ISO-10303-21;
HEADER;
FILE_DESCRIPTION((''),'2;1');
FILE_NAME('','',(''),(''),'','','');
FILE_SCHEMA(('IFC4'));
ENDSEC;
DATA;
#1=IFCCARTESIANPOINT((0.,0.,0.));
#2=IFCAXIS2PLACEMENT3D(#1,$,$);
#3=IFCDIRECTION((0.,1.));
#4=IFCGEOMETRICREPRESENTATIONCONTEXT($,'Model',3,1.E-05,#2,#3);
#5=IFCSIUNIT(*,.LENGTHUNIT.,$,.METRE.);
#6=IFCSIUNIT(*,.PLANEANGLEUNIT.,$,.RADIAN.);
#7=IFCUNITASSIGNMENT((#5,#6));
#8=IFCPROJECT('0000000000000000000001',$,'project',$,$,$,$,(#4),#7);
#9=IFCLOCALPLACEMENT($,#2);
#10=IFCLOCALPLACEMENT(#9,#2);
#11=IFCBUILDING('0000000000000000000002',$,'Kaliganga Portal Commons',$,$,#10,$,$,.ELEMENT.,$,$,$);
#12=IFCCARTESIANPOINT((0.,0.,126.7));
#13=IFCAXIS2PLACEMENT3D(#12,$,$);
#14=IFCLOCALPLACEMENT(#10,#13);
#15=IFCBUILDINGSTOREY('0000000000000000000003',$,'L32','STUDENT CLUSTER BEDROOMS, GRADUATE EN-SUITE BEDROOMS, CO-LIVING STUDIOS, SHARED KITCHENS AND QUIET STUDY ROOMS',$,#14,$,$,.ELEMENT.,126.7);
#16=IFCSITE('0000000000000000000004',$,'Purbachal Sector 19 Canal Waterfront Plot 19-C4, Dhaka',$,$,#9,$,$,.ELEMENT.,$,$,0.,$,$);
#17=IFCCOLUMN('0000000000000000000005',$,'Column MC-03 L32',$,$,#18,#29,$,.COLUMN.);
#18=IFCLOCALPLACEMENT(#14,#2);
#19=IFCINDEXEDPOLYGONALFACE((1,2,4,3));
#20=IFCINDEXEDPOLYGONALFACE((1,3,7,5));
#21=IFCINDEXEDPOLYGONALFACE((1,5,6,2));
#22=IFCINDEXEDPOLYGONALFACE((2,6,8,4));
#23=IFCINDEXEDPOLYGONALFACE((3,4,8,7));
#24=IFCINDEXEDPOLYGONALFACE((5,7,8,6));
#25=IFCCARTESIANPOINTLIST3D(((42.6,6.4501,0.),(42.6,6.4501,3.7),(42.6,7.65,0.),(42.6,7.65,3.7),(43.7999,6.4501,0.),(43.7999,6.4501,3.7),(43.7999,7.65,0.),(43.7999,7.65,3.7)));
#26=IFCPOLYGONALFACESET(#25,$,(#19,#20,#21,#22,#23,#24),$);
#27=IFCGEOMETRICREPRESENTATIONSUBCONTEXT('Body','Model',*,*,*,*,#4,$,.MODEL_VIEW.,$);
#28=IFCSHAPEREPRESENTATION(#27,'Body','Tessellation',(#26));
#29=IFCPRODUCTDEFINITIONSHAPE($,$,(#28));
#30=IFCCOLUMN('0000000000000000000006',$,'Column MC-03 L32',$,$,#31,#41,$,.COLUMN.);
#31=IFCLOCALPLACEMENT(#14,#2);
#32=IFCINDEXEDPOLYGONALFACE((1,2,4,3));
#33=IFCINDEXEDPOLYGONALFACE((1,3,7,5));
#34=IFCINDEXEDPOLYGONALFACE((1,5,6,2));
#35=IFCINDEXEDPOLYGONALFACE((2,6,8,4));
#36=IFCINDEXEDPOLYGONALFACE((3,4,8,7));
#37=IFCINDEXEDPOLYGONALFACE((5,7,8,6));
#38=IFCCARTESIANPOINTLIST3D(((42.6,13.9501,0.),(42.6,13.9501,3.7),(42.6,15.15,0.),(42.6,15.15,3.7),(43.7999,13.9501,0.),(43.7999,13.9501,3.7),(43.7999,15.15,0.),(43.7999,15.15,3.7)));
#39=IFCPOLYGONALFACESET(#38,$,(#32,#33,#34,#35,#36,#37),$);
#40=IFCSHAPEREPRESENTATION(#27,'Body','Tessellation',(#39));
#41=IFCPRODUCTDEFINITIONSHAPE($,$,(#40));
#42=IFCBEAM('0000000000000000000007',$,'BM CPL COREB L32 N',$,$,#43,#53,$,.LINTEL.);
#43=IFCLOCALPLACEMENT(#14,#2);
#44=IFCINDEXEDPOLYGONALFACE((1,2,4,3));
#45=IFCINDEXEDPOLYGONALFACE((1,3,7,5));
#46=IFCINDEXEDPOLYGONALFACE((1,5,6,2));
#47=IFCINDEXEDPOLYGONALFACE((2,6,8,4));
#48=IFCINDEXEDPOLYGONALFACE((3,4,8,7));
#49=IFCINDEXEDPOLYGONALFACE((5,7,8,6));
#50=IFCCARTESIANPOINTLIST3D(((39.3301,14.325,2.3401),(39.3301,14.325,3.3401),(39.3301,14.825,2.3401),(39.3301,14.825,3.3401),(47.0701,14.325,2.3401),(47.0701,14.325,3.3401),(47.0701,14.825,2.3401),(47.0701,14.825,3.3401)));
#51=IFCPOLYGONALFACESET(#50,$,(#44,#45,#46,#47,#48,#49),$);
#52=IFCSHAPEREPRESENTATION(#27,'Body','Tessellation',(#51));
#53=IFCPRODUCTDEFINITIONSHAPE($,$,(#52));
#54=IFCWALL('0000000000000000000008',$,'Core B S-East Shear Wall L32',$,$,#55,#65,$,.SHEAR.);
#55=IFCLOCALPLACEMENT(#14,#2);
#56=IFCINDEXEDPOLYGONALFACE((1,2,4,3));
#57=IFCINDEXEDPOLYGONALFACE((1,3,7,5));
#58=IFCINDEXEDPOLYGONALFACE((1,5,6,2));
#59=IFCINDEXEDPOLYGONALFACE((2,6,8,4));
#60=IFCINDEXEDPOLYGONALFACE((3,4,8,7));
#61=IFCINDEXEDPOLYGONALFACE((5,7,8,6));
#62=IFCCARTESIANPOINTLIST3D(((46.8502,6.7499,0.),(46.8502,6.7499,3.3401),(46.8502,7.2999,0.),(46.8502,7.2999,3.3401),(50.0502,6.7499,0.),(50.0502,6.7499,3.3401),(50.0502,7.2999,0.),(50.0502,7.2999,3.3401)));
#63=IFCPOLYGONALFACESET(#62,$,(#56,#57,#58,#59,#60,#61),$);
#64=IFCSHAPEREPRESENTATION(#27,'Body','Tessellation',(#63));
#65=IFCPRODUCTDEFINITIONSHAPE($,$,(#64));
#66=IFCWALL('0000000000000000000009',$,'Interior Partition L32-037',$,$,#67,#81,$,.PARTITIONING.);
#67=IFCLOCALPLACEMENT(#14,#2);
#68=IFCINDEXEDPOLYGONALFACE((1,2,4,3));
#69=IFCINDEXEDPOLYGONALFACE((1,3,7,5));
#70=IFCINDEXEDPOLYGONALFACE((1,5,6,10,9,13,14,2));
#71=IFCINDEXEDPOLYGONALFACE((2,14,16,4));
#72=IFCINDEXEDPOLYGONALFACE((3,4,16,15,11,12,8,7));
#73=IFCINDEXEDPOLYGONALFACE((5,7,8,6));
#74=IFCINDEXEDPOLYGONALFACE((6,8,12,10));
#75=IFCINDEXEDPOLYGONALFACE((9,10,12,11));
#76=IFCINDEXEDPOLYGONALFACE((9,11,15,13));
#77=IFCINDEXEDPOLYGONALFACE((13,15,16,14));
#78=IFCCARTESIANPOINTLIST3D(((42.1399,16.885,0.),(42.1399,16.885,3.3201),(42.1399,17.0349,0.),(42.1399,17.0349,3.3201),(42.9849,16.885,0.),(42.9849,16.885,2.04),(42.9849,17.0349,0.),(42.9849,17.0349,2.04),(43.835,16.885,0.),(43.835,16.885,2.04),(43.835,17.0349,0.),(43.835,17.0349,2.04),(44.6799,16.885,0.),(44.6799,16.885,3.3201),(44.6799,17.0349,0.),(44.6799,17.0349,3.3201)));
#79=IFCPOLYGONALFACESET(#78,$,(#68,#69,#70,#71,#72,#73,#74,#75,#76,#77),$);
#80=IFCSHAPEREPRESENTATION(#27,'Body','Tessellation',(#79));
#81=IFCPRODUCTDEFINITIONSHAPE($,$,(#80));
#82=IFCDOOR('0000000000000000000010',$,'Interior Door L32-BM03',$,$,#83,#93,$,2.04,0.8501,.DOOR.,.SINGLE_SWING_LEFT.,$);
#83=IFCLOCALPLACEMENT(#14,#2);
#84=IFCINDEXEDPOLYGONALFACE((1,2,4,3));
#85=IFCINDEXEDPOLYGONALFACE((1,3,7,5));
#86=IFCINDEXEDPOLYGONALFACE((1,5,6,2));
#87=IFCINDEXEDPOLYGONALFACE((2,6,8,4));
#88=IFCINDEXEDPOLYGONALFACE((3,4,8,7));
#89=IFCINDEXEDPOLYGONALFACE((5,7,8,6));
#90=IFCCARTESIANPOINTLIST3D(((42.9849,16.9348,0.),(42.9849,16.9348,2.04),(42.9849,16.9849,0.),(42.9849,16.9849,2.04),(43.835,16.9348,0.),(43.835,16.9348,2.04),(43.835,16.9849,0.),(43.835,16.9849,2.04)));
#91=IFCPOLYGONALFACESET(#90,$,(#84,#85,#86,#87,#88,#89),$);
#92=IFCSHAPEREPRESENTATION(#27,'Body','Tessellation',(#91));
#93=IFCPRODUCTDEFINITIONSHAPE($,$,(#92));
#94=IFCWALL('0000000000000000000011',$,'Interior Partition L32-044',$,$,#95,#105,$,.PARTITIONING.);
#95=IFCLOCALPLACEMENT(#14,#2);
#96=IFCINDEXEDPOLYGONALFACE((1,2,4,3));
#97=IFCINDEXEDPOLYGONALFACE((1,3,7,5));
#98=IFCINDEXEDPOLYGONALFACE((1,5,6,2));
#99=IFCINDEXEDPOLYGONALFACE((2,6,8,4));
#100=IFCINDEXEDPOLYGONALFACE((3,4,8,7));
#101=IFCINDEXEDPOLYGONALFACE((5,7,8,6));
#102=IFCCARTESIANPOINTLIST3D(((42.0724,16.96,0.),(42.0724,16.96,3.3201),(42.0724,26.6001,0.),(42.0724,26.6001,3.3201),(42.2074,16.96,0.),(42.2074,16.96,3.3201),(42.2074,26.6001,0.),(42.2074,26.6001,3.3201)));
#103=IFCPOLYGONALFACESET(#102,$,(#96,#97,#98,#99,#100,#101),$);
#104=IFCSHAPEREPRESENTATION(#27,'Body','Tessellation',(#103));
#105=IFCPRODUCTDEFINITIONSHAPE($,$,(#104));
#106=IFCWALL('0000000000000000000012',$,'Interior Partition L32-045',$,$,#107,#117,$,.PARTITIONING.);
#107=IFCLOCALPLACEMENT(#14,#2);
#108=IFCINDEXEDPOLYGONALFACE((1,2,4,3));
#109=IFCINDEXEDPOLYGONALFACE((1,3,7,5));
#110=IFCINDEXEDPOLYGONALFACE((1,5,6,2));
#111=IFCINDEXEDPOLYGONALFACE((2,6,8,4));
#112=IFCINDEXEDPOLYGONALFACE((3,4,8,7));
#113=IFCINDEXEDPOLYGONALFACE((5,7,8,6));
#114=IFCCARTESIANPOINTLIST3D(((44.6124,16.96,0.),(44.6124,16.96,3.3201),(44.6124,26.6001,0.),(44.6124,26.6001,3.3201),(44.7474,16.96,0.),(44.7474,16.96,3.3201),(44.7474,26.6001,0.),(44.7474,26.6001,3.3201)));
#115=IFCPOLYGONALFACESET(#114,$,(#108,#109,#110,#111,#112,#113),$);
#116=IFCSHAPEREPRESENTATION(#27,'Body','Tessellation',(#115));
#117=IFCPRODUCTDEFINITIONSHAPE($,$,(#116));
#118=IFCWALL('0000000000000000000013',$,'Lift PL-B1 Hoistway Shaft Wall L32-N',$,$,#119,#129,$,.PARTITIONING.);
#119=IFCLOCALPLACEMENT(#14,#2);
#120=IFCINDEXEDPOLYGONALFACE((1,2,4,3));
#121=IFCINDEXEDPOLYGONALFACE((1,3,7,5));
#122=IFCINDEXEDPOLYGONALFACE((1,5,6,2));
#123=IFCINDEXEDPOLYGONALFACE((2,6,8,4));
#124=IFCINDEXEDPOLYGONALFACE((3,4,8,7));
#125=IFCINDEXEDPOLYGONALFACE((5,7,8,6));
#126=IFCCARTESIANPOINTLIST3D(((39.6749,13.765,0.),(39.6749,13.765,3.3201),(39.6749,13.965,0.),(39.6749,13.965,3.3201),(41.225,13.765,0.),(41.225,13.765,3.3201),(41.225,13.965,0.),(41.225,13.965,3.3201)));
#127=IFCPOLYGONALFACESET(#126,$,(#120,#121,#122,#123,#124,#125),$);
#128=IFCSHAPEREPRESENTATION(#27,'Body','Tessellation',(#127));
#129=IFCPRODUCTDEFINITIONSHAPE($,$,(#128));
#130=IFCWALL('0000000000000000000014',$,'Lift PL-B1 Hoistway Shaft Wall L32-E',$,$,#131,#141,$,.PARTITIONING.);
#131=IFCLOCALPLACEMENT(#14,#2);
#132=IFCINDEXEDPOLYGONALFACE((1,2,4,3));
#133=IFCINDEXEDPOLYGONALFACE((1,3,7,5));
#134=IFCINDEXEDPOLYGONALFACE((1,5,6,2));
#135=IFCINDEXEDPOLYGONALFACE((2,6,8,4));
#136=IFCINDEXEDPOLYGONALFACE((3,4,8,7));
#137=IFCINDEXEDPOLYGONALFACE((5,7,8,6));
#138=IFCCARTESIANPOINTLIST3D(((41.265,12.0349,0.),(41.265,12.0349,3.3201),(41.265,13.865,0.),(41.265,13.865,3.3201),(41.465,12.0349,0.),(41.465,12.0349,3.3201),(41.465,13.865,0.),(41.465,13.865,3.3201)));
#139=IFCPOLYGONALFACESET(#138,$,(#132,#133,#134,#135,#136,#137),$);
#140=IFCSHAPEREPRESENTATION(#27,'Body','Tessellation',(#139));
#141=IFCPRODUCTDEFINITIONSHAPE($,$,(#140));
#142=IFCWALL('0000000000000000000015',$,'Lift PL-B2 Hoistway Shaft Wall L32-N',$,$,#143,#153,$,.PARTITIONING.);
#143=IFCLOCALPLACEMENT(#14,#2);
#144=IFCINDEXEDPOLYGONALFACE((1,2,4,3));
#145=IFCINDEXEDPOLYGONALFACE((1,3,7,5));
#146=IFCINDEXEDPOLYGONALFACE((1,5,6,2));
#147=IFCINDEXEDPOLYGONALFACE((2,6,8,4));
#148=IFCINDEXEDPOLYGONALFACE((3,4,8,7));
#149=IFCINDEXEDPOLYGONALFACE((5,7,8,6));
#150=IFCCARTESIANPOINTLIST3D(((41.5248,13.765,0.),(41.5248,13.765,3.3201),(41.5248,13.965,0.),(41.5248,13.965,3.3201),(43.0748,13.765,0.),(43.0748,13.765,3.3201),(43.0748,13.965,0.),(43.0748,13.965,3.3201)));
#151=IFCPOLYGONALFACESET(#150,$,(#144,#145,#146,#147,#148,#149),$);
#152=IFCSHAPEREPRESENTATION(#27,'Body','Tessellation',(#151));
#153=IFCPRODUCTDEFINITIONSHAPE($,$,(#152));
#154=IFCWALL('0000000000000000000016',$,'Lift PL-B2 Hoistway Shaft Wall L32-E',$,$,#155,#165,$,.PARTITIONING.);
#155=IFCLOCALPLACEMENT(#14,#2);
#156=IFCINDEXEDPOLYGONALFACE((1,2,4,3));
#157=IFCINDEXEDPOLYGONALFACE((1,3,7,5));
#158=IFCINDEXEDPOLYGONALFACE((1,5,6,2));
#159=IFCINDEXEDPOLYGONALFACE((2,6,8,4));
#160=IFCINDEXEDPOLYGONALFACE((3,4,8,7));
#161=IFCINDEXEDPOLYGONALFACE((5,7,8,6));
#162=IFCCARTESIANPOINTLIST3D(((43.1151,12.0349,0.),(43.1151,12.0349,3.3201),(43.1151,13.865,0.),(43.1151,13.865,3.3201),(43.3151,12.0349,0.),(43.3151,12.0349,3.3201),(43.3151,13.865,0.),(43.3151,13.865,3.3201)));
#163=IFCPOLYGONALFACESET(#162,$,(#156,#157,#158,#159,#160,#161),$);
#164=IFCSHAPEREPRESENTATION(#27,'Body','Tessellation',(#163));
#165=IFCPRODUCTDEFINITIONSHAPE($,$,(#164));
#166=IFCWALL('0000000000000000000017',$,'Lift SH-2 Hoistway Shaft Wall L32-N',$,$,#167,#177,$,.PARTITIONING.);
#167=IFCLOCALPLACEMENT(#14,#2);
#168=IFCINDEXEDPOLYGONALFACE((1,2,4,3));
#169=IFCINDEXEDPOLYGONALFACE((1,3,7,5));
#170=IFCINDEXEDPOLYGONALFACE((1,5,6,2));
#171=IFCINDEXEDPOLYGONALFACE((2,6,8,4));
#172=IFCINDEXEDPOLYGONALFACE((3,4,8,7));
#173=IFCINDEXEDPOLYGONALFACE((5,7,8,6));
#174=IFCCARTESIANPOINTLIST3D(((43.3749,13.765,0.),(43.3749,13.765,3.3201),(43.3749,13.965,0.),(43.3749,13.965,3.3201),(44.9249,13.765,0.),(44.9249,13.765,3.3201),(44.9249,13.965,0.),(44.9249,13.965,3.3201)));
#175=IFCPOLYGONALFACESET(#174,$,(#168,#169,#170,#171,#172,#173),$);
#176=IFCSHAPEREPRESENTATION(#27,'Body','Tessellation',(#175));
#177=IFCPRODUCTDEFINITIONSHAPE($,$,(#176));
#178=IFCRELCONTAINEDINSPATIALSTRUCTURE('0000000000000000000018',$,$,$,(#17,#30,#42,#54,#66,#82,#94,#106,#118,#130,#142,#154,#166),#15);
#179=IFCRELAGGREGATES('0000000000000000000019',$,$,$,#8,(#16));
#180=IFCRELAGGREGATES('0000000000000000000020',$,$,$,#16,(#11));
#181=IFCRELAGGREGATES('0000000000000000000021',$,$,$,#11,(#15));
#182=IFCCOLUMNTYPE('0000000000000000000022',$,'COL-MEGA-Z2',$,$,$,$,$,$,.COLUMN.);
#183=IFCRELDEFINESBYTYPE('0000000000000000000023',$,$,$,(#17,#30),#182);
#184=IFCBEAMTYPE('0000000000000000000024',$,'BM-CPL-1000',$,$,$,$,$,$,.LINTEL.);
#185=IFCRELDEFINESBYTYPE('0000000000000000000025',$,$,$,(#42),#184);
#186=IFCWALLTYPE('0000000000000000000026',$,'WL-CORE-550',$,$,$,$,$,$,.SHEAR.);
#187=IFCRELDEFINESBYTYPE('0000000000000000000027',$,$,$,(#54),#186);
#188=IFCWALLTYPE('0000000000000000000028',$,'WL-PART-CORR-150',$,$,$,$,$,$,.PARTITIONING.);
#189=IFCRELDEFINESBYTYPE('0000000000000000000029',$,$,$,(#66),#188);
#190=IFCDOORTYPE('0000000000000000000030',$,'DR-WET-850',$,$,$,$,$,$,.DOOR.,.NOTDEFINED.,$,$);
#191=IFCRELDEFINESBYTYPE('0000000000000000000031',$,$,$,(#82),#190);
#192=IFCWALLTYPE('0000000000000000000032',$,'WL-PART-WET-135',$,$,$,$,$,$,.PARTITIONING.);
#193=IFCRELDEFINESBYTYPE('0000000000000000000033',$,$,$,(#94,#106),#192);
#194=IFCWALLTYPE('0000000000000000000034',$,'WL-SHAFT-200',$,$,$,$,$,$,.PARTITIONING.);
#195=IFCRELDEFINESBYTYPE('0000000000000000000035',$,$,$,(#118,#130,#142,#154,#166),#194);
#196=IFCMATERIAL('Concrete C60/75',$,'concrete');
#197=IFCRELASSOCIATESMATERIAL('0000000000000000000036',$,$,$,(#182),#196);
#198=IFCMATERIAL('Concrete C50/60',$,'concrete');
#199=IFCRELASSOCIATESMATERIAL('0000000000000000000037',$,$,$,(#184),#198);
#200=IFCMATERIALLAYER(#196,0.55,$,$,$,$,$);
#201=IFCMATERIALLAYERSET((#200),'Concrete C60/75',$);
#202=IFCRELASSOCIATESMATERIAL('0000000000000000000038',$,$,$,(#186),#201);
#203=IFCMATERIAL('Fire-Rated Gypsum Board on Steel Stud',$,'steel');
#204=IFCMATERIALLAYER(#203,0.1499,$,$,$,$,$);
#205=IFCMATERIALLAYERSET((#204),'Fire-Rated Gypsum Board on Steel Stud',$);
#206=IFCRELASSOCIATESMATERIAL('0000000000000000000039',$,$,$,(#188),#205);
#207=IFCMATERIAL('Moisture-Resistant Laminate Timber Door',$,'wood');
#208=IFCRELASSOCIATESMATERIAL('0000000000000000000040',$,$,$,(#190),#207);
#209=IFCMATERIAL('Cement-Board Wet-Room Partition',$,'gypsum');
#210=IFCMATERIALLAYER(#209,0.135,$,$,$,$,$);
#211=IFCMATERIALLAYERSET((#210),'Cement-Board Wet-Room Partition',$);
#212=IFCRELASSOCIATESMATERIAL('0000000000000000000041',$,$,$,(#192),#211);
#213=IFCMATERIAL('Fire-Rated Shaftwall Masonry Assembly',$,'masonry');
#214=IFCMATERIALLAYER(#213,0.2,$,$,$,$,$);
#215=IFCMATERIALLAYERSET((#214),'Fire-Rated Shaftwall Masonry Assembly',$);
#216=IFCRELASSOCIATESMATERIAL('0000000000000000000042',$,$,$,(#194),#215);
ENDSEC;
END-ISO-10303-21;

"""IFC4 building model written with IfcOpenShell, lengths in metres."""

from ifc_helpers import new_model, si_unit, direction, frame, frame_2d, origin, origin_2d, place, context, subcontext, project, spatial, rectangle, extrude, source, transform, mapped, material, layer, layer_set, material_profile, profile_set, type_object, element, fill, save


model = new_model("IFC4")

# Units and contexts
model_context = context("Model", 3, precision=1e-05, world=origin(), true_north=direction((0.0, 1.0)))
body_context = subcontext(model_context, "Body", "Model", "MODEL_VIEW")
ifc_project = project(units=[si_unit("LENGTHUNIT", "METRE"), si_unit("PLANEANGLEUNIT", "RADIAN")], contexts=[model_context])

# Site, building, storey
site_placement = place(None, origin())
site = spatial("IfcSite", under=ifc_project, at=site_placement, Name="Purbachal Sector 19 Canal Waterfront Plot 19-C4, Dhaka", CompositionType="ELEMENT", RefElevation=0.0)
building_placement = place(site_placement, origin())
building = spatial("IfcBuilding", under=site, at=building_placement, Name="Kaliganga Portal Commons", CompositionType="ELEMENT")
storey_placement = place(building_placement, frame((0.0, 0.0, 126.7)))
storey = spatial("IfcBuildingStorey", under=building, at=storey_placement, Name="L32", Description="STUDENT CLUSTER BEDROOMS, GRADUATE EN-SUITE BEDROOMS, CO-LIVING STUDIOS, SHARED KITCHENS AND QUIET STUDY ROOMS", CompositionType="ELEMENT", Elevation=126.7)

# Columns
ifc_material_1 = material(Name="Concrete C60/75", Category="concrete")
ifc_material_profile_1 = material_profile(ifc_material_1, rectangle(XDim=1.2, YDim=1.2, at=origin_2d()), Name="RC 1200x1200")
ifc_profile_set_1 = profile_set([ifc_material_profile_1], Name="Concrete C60/75")
column_type = type_object("IfcColumnType", Name="COL-MEGA-Z2", PredefinedType="COLUMN", material=ifc_profile_set_1)
shared_shape_1 = source(origin(), body_context, "Body", "SweptSolid", [
    extrude(rectangle(XDim=1.2, YDim=1.2, at=origin_2d()), origin(), (0.0, 0.0, 1.0), 3.7),
])
for number, where, z_axis, x_axis, name in (
    (1, (43.2, 7.05, 0.0), (0.0, 0.0, 1.0), (1.0, 0.0, 0.0), "Column MC-03 L32"),
    (2, (43.2, 14.55, 0.0), (0.0, 0.0, 1.0), (1.0, 0.0, 0.0), "Column MC-03 L32"),
):
    element("IfcColumn", number, at=place(storey_placement, frame(where, z_axis=z_axis, x_axis=x_axis)), inside=storey, type_object=column_type, Name=name, PredefinedType="COLUMN", context=body_context, shape_type="MappedRepresentation", body=[
        mapped(shared_shape_1, transform((0.0, 0.0, 0.0), x_axis=(1.0, 0.0, 0.0), y_axis=(0.0, 1.0, 0.0), z_axis=(0.0, 0.0, 1.0), scale=1.0)),
    ])

# Beam
ifc_material_2 = material(Name="Concrete C50/60", Category="concrete")
ifc_material_profile_2 = material_profile(ifc_material_2, rectangle(XDim=0.5, YDim=1.0, at=origin_2d()), Name="RC 500x1000")
ifc_profile_set_2 = profile_set([ifc_material_profile_2], Name="Concrete C50/60")
beam_type = type_object("IfcBeamType", Name="BM-CPL-1000", PredefinedType="LINTEL", material=ifc_profile_set_2)
shared_shape_2 = source(origin(), body_context, "Body", "SweptSolid", [
    extrude(rectangle(XDim=0.5, YDim=1.0, at=origin_2d()), origin(), (0.0, 0.0, 1.0), 7.74),
])
beam_placement = place(storey_placement, frame((39.3301, 14.575, 2.8401), z_axis=(1.0, 0.0, 0.0), x_axis=(0.0, 1.0, 0.0)))
element("IfcBeam", 3, at=beam_placement, inside=storey, type_object=beam_type, Name="BM CPL COREB L32 N", PredefinedType="LINTEL", context=body_context, shape_type="MappedRepresentation", body=[
    mapped(shared_shape_2, transform((0.0, 0.0, 0.0), x_axis=(1.0, 0.0, 0.0), y_axis=(0.0, 1.0, 0.0), z_axis=(0.0, 0.0, 1.0), scale=1.0)),
])

# Wall
ifc_layer_1 = layer(ifc_material_1, 0.55)
ifc_layer_set_1 = layer_set([ifc_layer_1], Name="Concrete C60/75")
wall_type_1 = type_object("IfcWallType", Name="WL-CORE-550", PredefinedType="SHEAR", material=ifc_layer_set_1)
wall_1_placement = place(storey_placement, frame((46.8501, 7.0249, 0.0), z_axis=(0.0, 0.0, 1.0), x_axis=(1.0, 0.0, 0.0)))
element("IfcWall", 4, at=wall_1_placement, inside=storey, type_object=wall_type_1, Name="Core B S-East Shear Wall L32", PredefinedType="SHEAR", context=body_context, shape_type="SweptSolid", body=[
    extrude(rectangle(XDim=3.2, YDim=0.55, at=frame_2d((1.6001, 0.0))), origin(), (0.0, 0.0, 1.0), 3.3401),
])

# Wall, opening, door
ifc_material_3 = material(Name="Fire-Rated Gypsum Board on Steel Stud", Category="steel")
ifc_layer_2 = layer(ifc_material_3, 0.1499)
ifc_layer_set_2 = layer_set([ifc_layer_2], Name="Fire-Rated Gypsum Board on Steel Stud")
wall_type_2 = type_object("IfcWallType", Name="WL-PART-CORR-150", PredefinedType="PARTITIONING", material=ifc_layer_set_2)
wall_2_placement = place(storey_placement, frame((42.1399, 16.96, 0.0), z_axis=(0.0, 0.0, 1.0), x_axis=(1.0, 0.0, 0.0)))
wall_2 = element("IfcWall", 5, at=wall_2_placement, inside=storey, type_object=wall_type_2, Name="Interior Partition L32-037", PredefinedType="PARTITIONING", context=body_context, shape_type="SweptSolid", body=[
    extrude(rectangle(XDim=2.54, YDim=0.1499, at=frame_2d((1.27, 0.0))), origin(), (0.0, 0.0, 1.0), 3.3201),
])
opening_1_placement = place(wall_2_placement, frame((0.845, 0.0, 0.0)))
opening_1 = element("IfcOpeningElement", 6, at=opening_1_placement, cuts=wall_2, PredefinedType="OPENING", context=body_context, shape_type="SweptSolid", body=[
    extrude(rectangle(XDim=0.8501, YDim=2.04, at=frame_2d((0.425, 1.02))), frame((0.0, 0.085, 0.0), z_axis=(0.0, -1.0, 0.0), x_axis=(1.0, 0.0, 0.0)), (0.0, 0.0, 1.0), 0.1699),
])
ifc_material_4 = material(Name="Moisture-Resistant Laminate Timber Door", Category="wood")
door_type_1 = type_object("IfcDoorType", Name="DR-WET-850", OperationType="NOTDEFINED", PredefinedType="DOOR", material=ifc_material_4)
door_1_placement = place(opening_1_placement, origin())
door_1 = element("IfcDoor", 7, at=door_1_placement, inside=storey, type_object=door_type_1, Name="Interior Door L32-BM03", OperationType="SINGLE_SWING_LEFT", OverallHeight=2.04, OverallWidth=0.8501, PredefinedType="DOOR", context=body_context, shape_type="SweptSolid", body=[
    extrude(rectangle(XDim=0.8501, YDim=2.04, at=frame_2d((0.425, 1.02))), frame((0.0, 0.0249, 0.0), z_axis=(0.0, -1.0, 0.0), x_axis=(1.0, 0.0, 0.0)), (0.0, 0.0, 1.0), 0.05),
])
fill(opening_1, door_1)

# Walls
ifc_material_5 = material(Name="Cement-Board Wet-Room Partition", Category="gypsum")
ifc_layer_3 = layer(ifc_material_5, 0.135)
ifc_layer_set_3 = layer_set([ifc_layer_3], Name="Cement-Board Wet-Room Partition")
wall_type_3 = type_object("IfcWallType", Name="WL-PART-WET-135", PredefinedType="PARTITIONING", material=ifc_layer_set_3)
for number, where, z_axis, x_axis, name in (
    (8, (42.1399, 16.96, 0.0), (0.0, 0.0, 1.0), (0.0, 1.0, 0.0), "Interior Partition L32-044"),
    (9, (44.6799, 16.96, 0.0), (0.0, 0.0, 1.0), (0.0, 1.0, 0.0), "Interior Partition L32-045"),
):
    element("IfcWall", number, at=place(storey_placement, frame(where, z_axis=z_axis, x_axis=x_axis)), inside=storey, type_object=wall_type_3, Name=name, PredefinedType="PARTITIONING", context=body_context, shape_type="SweptSolid", body=[
        extrude(rectangle(XDim=9.6401, YDim=0.135, at=frame_2d((4.8201, 0.0))), origin(), (0.0, 0.0, 1.0), 3.3201),
    ])

# Shared definitions
ifc_material_6 = material(Name="Fire-Rated Shaftwall Masonry Assembly", Category="masonry")
ifc_layer_4 = layer(ifc_material_6, 0.2)
ifc_layer_set_4 = layer_set([ifc_layer_4], Name="Fire-Rated Shaftwall Masonry Assembly")
wall_type_4 = type_object("IfcWallType", Name="WL-SHAFT-200", PredefinedType="PARTITIONING", material=ifc_layer_set_4)

# Walls
wall_3_placement = place(storey_placement, frame((39.675, 13.865, 0.0), z_axis=(0.0, 0.0, 1.0), x_axis=(1.0, 0.0, 0.0)))
element("IfcWall", 10, at=wall_3_placement, inside=storey, type_object=wall_type_4, Name="Lift PL-B1 Hoistway Shaft Wall L32-N", PredefinedType="PARTITIONING", context=body_context, shape_type="SweptSolid", body=[
    extrude(rectangle(XDim=1.55, YDim=0.2, at=frame_2d((0.7749, 0.0))), origin(), (0.0, 0.0, 1.0), 3.3201),
])
wall_4_placement = place(storey_placement, frame((41.365, 12.0349, 0.0), z_axis=(0.0, 0.0, 1.0), x_axis=(0.0, 1.0, 0.0)))
element("IfcWall", 11, at=wall_4_placement, inside=storey, type_object=wall_type_4, Name="Lift PL-B1 Hoistway Shaft Wall L32-E", PredefinedType="PARTITIONING", context=body_context, shape_type="SweptSolid", body=[
    extrude(rectangle(XDim=1.8301, YDim=0.2, at=frame_2d((0.915, 0.0))), origin(), (0.0, 0.0, 1.0), 3.3201),
])

# Walls
wall_5_placement = place(storey_placement, frame((41.5249, 13.865, 0.0), z_axis=(0.0, 0.0, 1.0), x_axis=(1.0, 0.0, 0.0)))
element("IfcWall", 12, at=wall_5_placement, inside=storey, type_object=wall_type_4, Name="Lift PL-B2 Hoistway Shaft Wall L32-N", PredefinedType="PARTITIONING", context=body_context, shape_type="SweptSolid", body=[
    extrude(rectangle(XDim=1.55, YDim=0.2, at=frame_2d((0.7749, 0.0))), origin(), (0.0, 0.0, 1.0), 3.3201),
])
wall_6_placement = place(storey_placement, frame((43.2151, 12.0349, 0.0), z_axis=(0.0, 0.0, 1.0), x_axis=(0.0, 1.0, 0.0)))
element("IfcWall", 13, at=wall_6_placement, inside=storey, type_object=wall_type_4, Name="Lift PL-B2 Hoistway Shaft Wall L32-E", PredefinedType="PARTITIONING", context=body_context, shape_type="SweptSolid", body=[
    extrude(rectangle(XDim=1.8301, YDim=0.2, at=frame_2d((0.915, 0.0))), origin(), (0.0, 0.0, 1.0), 3.3201),
])

# Wall
wall_7_placement = place(storey_placement, frame((43.375, 13.865, 0.0), z_axis=(0.0, 0.0, 1.0), x_axis=(1.0, 0.0, 0.0)))
element("IfcWall", 14, at=wall_7_placement, inside=storey, type_object=wall_type_4, Name="Lift SH-2 Hoistway Shaft Wall L32-N", PredefinedType="PARTITIONING", context=body_context, shape_type="SweptSolid", body=[
    extrude(rectangle(XDim=1.55, YDim=0.2, at=frame_2d((0.7749, 0.0))), origin(), (0.0, 0.0, 1.0), 3.3201),
])

save(model, "model.ifc")
